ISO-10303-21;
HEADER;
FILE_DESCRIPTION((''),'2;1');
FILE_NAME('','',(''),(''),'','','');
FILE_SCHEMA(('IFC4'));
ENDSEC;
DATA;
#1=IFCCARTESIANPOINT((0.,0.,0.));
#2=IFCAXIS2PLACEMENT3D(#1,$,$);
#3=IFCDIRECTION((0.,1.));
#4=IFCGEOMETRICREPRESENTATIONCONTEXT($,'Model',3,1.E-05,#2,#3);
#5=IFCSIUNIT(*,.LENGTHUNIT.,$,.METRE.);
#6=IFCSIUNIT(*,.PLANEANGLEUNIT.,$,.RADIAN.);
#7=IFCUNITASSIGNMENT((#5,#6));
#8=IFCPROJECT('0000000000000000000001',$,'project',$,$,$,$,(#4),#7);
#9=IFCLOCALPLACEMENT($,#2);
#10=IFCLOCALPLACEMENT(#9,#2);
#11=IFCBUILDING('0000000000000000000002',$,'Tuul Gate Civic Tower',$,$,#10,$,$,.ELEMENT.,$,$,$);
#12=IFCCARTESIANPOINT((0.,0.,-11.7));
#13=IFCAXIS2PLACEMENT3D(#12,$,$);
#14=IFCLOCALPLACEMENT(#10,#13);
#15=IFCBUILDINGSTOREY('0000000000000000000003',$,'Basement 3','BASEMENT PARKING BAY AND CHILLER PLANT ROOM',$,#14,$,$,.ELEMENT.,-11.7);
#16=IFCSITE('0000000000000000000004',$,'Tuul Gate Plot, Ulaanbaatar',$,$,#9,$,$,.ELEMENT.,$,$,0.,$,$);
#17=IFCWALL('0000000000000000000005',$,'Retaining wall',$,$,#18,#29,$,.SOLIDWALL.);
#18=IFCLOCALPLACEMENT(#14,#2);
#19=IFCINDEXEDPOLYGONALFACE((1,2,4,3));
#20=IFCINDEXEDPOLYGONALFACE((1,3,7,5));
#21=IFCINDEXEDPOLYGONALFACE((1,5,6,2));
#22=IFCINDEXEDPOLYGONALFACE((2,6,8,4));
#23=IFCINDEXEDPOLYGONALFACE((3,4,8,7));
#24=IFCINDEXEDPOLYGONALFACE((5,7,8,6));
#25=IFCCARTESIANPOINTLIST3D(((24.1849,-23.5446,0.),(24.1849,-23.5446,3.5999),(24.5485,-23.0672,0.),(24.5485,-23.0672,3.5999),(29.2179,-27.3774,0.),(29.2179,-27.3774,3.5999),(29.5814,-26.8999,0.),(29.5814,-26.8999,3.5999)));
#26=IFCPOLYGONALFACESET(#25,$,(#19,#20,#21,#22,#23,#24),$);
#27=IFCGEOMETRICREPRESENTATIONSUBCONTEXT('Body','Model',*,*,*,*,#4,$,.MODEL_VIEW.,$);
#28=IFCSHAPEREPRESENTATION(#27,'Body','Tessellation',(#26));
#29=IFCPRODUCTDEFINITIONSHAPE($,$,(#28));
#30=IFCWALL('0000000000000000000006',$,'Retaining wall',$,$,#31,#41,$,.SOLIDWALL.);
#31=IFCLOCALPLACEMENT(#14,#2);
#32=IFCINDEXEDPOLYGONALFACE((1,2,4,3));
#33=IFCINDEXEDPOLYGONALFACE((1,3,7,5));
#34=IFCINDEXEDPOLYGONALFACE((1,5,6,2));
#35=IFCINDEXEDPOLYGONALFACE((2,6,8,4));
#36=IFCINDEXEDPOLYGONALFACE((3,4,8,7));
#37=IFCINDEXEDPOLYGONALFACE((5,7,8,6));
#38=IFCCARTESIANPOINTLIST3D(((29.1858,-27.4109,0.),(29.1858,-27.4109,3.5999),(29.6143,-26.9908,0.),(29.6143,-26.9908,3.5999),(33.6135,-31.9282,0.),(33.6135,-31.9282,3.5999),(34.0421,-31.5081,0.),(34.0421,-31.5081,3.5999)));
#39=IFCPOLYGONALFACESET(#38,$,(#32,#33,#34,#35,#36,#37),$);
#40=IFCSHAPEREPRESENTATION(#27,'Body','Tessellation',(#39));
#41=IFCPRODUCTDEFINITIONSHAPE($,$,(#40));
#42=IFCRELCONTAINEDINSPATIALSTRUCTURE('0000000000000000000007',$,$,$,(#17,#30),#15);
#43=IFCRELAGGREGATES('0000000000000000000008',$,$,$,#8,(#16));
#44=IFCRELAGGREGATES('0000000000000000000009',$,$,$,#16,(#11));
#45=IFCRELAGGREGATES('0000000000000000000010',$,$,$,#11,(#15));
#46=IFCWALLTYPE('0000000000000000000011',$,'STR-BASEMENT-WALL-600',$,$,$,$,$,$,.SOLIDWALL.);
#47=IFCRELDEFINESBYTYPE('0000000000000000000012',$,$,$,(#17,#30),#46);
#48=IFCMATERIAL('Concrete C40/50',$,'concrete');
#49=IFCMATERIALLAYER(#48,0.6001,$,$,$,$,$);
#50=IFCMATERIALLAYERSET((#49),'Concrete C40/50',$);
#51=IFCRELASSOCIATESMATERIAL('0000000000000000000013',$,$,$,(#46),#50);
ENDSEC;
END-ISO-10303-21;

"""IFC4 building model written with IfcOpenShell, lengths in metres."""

from ifc_helpers import new_model, si_unit, direction, frame, frame_2d, origin, place, context, subcontext, project, spatial, rectangle, extrude, material, layer, layer_set, type_object, element, save


model = new_model("IFC4")

# Units and contexts
model_context = context("Model", 3, precision=1e-05, world=origin(), true_north=direction((0.0, 1.0)))
body_context = subcontext(model_context, "Body", "Model", "MODEL_VIEW")
ifc_project = project(units=[si_unit("LENGTHUNIT", "METRE"), si_unit("PLANEANGLEUNIT", "RADIAN")], contexts=[model_context])

# Site, building, storey
site_placement = place(None, origin())
site = spatial("IfcSite", under=ifc_project, at=site_placement, Name="Tuul Gate Plot, Ulaanbaatar", CompositionType="ELEMENT", RefElevation=0.0)
building_placement = place(site_placement, origin())
building = spatial("IfcBuilding", under=site, at=building_placement, Name="Tuul Gate Civic Tower", CompositionType="ELEMENT")
storey_placement = place(building_placement, frame((0.0, 0.0, -11.7)))
storey = spatial("IfcBuildingStorey", under=building, at=storey_placement, Name="Basement 3", Description="BASEMENT PARKING BAY AND CHILLER PLANT ROOM", CompositionType="ELEMENT", Elevation=-11.7)

# Walls
ifc_material_1 = material(Name="Concrete C40/50", Category="concrete")
ifc_layer = layer(ifc_material_1, 0.6001)
ifc_layer_set = layer_set([ifc_layer], Name="Concrete C40/50")
wall_type = type_object("IfcWallType", Name="STR-BASEMENT-WALL-600", PredefinedType="SOLIDWALL", material=ifc_layer_set)
wall_1_placement = place(storey_placement, frame((24.3667, -23.3059, 0.0), z_axis=(0.0, 0.0, 1.0), x_axis=(0.795574, -0.605856, 0.0)))
element("IfcWall", 1, at=wall_1_placement, inside=storey, type_object=wall_type, Name="Retaining wall", PredefinedType="SOLIDWALL", context=body_context, shape_type="SweptSolid", body=[
    extrude(rectangle(XDim=6.3262, YDim=0.6001, at=frame_2d((3.1631, 0.0))), origin(), (0.0, 0.0, 1.0), 3.5999),
])
wall_2_placement = place(storey_placement, frame((29.4001, -27.2009, 0.0), z_axis=(0.0, 0.0, 1.0), x_axis=(0.699989, -0.714154, 0.0)))
element("IfcWall", 2, at=wall_2_placement, inside=storey, type_object=wall_type, Name="Retaining wall", PredefinedType="SOLIDWALL", context=body_context, shape_type="SweptSolid", body=[
    extrude(rectangle(XDim=6.3254, YDim=0.6001, at=frame_2d((3.1626, 0.0))), origin(), (0.0, 0.0, 1.0), 3.5999),
])

save(model, "model.ifc")
